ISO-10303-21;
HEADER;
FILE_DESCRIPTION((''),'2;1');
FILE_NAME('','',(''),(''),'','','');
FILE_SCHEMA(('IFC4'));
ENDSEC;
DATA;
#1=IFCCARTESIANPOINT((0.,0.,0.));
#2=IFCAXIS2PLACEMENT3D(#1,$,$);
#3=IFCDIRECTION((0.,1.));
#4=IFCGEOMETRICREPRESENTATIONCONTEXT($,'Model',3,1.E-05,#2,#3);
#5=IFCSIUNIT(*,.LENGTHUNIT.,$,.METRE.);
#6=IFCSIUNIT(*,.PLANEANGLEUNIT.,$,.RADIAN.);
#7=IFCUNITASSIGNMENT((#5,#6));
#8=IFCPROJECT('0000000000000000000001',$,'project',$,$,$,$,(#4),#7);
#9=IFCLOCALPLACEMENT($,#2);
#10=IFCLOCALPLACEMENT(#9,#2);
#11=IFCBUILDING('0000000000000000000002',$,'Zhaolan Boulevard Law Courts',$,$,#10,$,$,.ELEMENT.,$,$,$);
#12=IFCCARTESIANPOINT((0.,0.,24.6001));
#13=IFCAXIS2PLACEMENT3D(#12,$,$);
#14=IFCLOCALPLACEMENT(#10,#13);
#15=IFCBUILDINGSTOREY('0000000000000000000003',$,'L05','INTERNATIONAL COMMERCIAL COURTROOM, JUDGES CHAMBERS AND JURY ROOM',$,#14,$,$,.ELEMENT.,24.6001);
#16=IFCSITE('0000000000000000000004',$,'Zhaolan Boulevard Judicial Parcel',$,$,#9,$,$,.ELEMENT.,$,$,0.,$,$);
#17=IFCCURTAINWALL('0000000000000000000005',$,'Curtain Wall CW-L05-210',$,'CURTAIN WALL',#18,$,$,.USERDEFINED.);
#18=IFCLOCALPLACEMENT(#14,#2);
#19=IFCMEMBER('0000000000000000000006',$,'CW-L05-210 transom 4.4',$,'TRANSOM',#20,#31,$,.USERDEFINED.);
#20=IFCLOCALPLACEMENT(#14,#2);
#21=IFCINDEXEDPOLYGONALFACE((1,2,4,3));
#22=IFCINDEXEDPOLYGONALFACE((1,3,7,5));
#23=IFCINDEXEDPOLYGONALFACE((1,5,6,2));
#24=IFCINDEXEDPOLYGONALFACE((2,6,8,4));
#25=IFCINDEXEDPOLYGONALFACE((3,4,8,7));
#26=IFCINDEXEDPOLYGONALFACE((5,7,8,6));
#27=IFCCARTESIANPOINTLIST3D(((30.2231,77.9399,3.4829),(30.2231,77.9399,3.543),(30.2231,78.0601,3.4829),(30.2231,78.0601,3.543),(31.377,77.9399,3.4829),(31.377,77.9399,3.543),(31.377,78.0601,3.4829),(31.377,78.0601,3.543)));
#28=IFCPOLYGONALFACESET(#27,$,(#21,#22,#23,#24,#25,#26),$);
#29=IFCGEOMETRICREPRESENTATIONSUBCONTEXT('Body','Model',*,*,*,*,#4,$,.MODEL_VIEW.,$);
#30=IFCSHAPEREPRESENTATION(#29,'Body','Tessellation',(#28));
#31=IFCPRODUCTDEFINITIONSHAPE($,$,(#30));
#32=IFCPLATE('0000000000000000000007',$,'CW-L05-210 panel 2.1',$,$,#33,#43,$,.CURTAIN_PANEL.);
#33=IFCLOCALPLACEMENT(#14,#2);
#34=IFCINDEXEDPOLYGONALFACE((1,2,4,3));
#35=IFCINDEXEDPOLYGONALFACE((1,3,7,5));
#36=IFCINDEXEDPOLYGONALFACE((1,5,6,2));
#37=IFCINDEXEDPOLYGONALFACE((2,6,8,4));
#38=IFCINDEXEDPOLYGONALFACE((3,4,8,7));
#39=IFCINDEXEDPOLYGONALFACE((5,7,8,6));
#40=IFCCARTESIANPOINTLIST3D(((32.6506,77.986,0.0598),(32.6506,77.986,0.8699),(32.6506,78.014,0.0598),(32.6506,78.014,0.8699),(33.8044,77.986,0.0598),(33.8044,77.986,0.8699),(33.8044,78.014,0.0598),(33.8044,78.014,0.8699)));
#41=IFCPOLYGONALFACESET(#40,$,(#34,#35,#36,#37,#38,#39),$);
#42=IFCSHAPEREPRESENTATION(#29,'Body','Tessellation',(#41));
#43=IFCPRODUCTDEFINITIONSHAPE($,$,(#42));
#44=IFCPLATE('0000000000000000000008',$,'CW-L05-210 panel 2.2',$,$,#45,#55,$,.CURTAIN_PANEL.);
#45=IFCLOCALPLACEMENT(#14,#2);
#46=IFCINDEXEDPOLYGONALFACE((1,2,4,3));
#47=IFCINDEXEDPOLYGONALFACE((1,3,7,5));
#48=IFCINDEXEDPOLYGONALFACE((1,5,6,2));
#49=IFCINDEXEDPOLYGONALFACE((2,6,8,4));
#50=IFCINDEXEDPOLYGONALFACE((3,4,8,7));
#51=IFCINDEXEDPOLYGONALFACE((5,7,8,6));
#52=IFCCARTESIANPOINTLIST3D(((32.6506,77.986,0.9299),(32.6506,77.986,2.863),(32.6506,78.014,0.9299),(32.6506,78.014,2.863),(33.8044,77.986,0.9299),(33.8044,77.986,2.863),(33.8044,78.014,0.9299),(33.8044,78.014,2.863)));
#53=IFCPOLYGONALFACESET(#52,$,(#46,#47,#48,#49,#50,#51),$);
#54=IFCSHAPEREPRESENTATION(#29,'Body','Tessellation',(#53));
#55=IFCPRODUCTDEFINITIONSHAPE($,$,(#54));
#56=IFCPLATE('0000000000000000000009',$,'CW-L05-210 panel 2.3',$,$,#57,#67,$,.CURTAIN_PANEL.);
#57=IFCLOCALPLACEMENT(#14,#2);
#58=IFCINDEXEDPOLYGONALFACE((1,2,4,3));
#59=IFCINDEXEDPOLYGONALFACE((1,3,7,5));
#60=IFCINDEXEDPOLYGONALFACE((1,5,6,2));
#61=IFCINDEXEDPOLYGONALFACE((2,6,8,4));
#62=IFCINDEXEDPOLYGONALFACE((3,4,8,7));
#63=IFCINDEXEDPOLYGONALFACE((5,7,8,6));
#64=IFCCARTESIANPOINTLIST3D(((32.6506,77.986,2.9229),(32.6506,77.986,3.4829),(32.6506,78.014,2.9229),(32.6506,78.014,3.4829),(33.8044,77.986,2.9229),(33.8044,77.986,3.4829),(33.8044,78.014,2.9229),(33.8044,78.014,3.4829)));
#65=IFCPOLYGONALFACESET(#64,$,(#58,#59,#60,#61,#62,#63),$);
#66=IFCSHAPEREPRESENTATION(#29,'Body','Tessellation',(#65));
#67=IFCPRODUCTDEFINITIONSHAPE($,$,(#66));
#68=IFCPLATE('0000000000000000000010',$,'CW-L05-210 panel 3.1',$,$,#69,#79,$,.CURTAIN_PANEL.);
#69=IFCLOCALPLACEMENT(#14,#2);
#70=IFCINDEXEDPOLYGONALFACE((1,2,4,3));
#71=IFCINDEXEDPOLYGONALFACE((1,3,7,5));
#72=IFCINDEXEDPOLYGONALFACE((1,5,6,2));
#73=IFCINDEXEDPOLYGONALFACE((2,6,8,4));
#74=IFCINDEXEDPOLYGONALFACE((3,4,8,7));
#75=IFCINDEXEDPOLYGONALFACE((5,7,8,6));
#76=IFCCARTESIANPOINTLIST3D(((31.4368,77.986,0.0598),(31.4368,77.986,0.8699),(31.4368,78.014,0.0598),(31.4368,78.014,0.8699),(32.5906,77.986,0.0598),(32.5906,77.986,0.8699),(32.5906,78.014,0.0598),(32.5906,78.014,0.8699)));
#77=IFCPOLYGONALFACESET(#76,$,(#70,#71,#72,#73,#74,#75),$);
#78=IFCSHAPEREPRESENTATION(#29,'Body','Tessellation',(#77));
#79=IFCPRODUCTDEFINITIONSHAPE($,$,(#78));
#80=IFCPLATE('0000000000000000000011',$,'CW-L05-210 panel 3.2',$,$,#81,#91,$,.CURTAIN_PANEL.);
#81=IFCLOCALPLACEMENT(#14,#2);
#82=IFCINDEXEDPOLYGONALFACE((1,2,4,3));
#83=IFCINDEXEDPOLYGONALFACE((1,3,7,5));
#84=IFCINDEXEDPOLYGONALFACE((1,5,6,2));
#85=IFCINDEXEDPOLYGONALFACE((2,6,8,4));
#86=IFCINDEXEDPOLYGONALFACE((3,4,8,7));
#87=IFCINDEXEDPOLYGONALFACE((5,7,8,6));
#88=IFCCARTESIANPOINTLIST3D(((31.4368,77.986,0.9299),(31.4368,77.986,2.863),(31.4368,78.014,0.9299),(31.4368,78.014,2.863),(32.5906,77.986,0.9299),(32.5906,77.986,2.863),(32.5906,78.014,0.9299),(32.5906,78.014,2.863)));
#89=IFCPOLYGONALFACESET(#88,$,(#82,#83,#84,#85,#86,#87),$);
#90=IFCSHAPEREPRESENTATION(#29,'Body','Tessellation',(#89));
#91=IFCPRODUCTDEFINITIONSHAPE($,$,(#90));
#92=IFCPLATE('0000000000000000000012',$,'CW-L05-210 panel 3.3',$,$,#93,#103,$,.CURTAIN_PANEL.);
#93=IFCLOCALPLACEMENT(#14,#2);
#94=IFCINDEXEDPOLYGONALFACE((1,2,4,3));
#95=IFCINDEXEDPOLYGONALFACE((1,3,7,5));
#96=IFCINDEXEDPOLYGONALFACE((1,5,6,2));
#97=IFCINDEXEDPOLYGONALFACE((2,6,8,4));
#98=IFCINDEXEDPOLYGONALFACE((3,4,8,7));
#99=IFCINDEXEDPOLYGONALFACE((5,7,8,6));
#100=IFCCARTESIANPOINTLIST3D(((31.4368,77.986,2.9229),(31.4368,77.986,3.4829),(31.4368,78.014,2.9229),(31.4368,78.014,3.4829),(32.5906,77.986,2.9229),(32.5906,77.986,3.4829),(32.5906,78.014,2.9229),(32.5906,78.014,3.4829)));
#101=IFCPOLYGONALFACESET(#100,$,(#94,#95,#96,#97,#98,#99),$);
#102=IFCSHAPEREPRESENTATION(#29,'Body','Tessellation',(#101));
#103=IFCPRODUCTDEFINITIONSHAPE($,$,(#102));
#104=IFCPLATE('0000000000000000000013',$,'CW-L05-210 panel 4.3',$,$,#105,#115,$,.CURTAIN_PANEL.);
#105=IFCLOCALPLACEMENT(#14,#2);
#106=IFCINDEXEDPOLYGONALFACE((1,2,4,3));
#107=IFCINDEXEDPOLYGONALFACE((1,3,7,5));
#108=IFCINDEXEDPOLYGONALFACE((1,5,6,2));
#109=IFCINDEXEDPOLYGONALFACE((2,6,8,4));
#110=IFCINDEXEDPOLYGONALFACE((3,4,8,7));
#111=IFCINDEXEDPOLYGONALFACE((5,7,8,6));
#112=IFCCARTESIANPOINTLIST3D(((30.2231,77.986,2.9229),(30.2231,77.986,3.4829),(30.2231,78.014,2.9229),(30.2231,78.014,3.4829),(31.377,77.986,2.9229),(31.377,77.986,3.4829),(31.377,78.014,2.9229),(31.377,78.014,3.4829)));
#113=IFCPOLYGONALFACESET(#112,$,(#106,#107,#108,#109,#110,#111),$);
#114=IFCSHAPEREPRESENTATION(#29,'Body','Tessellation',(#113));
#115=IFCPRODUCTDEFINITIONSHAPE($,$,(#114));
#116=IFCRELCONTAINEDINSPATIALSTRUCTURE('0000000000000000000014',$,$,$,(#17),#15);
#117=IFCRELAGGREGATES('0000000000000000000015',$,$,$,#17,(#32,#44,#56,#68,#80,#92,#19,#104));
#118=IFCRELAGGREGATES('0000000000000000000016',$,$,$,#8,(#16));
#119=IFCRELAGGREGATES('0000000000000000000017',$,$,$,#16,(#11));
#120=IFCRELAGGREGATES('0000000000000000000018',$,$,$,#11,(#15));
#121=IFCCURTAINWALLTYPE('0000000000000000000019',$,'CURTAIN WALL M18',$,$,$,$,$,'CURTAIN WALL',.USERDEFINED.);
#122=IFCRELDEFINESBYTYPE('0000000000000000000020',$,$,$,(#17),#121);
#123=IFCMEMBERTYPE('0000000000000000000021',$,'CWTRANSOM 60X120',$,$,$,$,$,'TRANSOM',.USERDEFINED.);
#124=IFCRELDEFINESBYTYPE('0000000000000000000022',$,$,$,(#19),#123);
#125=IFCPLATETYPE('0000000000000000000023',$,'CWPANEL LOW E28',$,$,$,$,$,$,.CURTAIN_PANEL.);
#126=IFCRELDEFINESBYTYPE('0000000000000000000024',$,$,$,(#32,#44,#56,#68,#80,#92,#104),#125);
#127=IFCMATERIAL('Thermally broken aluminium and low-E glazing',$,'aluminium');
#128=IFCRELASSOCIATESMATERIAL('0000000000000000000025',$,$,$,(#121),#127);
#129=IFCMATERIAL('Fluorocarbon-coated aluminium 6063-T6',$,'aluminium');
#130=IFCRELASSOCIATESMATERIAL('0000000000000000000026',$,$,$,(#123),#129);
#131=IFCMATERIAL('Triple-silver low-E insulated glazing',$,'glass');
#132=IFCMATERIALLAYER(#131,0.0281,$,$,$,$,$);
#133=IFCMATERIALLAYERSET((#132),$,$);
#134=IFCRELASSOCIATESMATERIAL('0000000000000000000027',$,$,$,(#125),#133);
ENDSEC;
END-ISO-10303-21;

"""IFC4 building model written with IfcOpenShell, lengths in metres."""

from ifc_helpers import new_model, si_unit, direction, frame, origin, origin_2d, place, context, subcontext, project, spatial, rectangle, extrude, material, layer, layer_set, material_profile, profile_set, type_object, element, aggregate, save


model = new_model("IFC4")

# Units and contexts
model_context = context("Model", 3, precision=1e-05, world=origin(), true_north=direction((0.0, 1.0)))
body_context = subcontext(model_context, "Body", "Model", "MODEL_VIEW")
ifc_project = project(units=[si_unit("LENGTHUNIT", "METRE"), si_unit("PLANEANGLEUNIT", "RADIAN")], contexts=[model_context])

# Site, building, storey
site_placement = place(None, origin())
site = spatial("IfcSite", under=ifc_project, at=site_placement, Name="Zhaolan Boulevard Judicial Parcel", CompositionType="ELEMENT", RefElevation=0.0)
building_placement = place(site_placement, origin())
building = spatial("IfcBuilding", under=site, at=building_placement, Name="Zhaolan Boulevard Law Courts", CompositionType="ELEMENT")
storey_placement = place(building_placement, frame((0.0, 0.0, 24.6001)))
storey = spatial("IfcBuildingStorey", under=building, at=storey_placement, Name="L05", Description="INTERNATIONAL COMMERCIAL COURTROOM, JUDGES CHAMBERS AND JURY ROOM", CompositionType="ELEMENT", Elevation=24.6001)

# Curtain wall, member, plates
ifc_material_1 = material(Name="Thermally broken aluminium and low-E glazing", Category="aluminium")
curtain_wall_type = type_object("IfcCurtainWallType", Name="CURTAIN WALL M18", ElementType="CURTAIN WALL", PredefinedType="USERDEFINED", material=ifc_material_1)
curtain_wall_placement = place(storey_placement, origin())
curtain_wall = element("IfcCurtainWall", 1, at=curtain_wall_placement, inside=storey, type_object=curtain_wall_type, Name="Curtain Wall CW-L05-210", ObjectType="CURTAIN WALL", PredefinedType="USERDEFINED")
ifc_material_2 = material(Name="Fluorocarbon-coated aluminium 6063-T6", Category="aluminium")
ifc_material_profile_1 = material_profile(ifc_material_2, rectangle(XDim=0.1201, YDim=0.0601, at=origin_2d()), Name="AL60x120")
ifc_profile_set_1 = profile_set([ifc_material_profile_1], Name="Fluorocarbon-coated aluminium 6063-T6")
member_type_1 = type_object("IfcMemberType", Name="CWTRANSOM 60X120", ElementType="TRANSOM", PredefinedType="USERDEFINED", material=ifc_profile_set_1)
member_1_placement = place(storey_placement, frame((31.377, 78.0, 3.5129), z_axis=(-1.0, 0.0, 0.0), x_axis=(0.0, -1.0, 0.0)))
member_1 = element("IfcMember", 2, at=member_1_placement, type_object=member_type_1, Name="CW-L05-210 transom 4.4", ObjectType="TRANSOM", PredefinedType="USERDEFINED", context=body_context, shape_type="SweptSolid", body=[
    extrude(rectangle(XDim=0.1201, YDim=0.0601, at=origin_2d()), origin(), (0.0, 0.0, 1.0), 1.1538),
])
ifc_material_3 = material(Name="Triple-silver low-E insulated glazing", Category="glass")
ifc_layer = layer(ifc_material_3, 0.0281)
ifc_layer_set = layer_set([ifc_layer])
plate_type = type_object("IfcPlateType", Name="CWPANEL LOW E28", PredefinedType="CURTAIN_PANEL", material=ifc_layer_set)
plate_1_placement = place(storey_placement, frame((33.2275, 78.0, 0.0598), z_axis=(0.0, 0.0, 1.0), x_axis=(-1.0, 0.0, 0.0)))
plate_1 = element("IfcPlate", 3, at=plate_1_placement, type_object=plate_type, Name="CW-L05-210 panel 2.1", PredefinedType="CURTAIN_PANEL", context=body_context, shape_type="SweptSolid", body=[
    extrude(rectangle(XDim=1.1538, YDim=0.0281, at=origin_2d()), origin(), (0.0, 0.0, 1.0), 0.8101),
])
plate_2_placement = place(storey_placement, frame((33.2275, 78.0, 0.9299), z_axis=(0.0, 0.0, 1.0), x_axis=(-1.0, 0.0, 0.0)))
plate_2 = element("IfcPlate", 4, at=plate_2_placement, type_object=plate_type, Name="CW-L05-210 panel 2.2", PredefinedType="CURTAIN_PANEL", context=body_context, shape_type="SweptSolid", body=[
    extrude(rectangle(XDim=1.1538, YDim=0.0281, at=origin_2d()), origin(), (0.0, 0.0, 1.0), 1.9331),
])
plate_3_placement = place(storey_placement, frame((33.2275, 78.0, 2.9229), z_axis=(0.0, 0.0, 1.0), x_axis=(-1.0, 0.0, 0.0)))
plate_3 = element("IfcPlate", 5, at=plate_3_placement, type_object=plate_type, Name="CW-L05-210 panel 2.3", PredefinedType="CURTAIN_PANEL", context=body_context, shape_type="SweptSolid", body=[
    extrude(rectangle(XDim=1.1538, YDim=0.0281, at=origin_2d()), origin(), (0.0, 0.0, 1.0), 0.5601),
])
plate_4_placement = place(storey_placement, frame((32.0137, 78.0, 0.0598), z_axis=(0.0, 0.0, 1.0), x_axis=(-1.0, 0.0, 0.0)))
plate_4 = element("IfcPlate", 6, at=plate_4_placement, type_object=plate_type, Name="CW-L05-210 panel 3.1", PredefinedType="CURTAIN_PANEL", context=body_context, shape_type="SweptSolid", body=[
    extrude(rectangle(XDim=1.1538, YDim=0.0281, at=origin_2d()), origin(), (0.0, 0.0, 1.0), 0.8101),
])
plate_5_placement = place(storey_placement, frame((32.0137, 78.0, 0.9299), z_axis=(0.0, 0.0, 1.0), x_axis=(-1.0, 0.0, 0.0)))
plate_5 = element("IfcPlate", 7, at=plate_5_placement, type_object=plate_type, Name="CW-L05-210 panel 3.2", PredefinedType="CURTAIN_PANEL", context=body_context, shape_type="SweptSolid", body=[
    extrude(rectangle(XDim=1.1538, YDim=0.0281, at=origin_2d()), origin(), (0.0, 0.0, 1.0), 1.9331),
])
plate_6_placement = place(storey_placement, frame((32.0137, 78.0, 2.9229), z_axis=(0.0, 0.0, 1.0), x_axis=(-1.0, 0.0, 0.0)))
plate_6 = element("IfcPlate", 8, at=plate_6_placement, type_object=plate_type, Name="CW-L05-210 panel 3.3", PredefinedType="CURTAIN_PANEL", context=body_context, shape_type="SweptSolid", body=[
    extrude(rectangle(XDim=1.1538, YDim=0.0281, at=origin_2d()), origin(), (0.0, 0.0, 1.0), 0.5601),
])
plate_7_placement = place(storey_placement, frame((30.8, 78.0, 2.9229), z_axis=(0.0, 0.0, 1.0), x_axis=(-1.0, 0.0, 0.0)))
plate_7 = element("IfcPlate", 9, at=plate_7_placement, type_object=plate_type, Name="CW-L05-210 panel 4.3", PredefinedType="CURTAIN_PANEL", context=body_context, shape_type="SweptSolid", body=[
    extrude(rectangle(XDim=1.1538, YDim=0.0281, at=origin_2d()), origin(), (0.0, 0.0, 1.0), 0.5601),
])
aggregate(curtain_wall, [plate_1, plate_2, plate_3, plate_4, plate_5, plate_6, member_1, plate_7])

save(model, "model.ifc")
